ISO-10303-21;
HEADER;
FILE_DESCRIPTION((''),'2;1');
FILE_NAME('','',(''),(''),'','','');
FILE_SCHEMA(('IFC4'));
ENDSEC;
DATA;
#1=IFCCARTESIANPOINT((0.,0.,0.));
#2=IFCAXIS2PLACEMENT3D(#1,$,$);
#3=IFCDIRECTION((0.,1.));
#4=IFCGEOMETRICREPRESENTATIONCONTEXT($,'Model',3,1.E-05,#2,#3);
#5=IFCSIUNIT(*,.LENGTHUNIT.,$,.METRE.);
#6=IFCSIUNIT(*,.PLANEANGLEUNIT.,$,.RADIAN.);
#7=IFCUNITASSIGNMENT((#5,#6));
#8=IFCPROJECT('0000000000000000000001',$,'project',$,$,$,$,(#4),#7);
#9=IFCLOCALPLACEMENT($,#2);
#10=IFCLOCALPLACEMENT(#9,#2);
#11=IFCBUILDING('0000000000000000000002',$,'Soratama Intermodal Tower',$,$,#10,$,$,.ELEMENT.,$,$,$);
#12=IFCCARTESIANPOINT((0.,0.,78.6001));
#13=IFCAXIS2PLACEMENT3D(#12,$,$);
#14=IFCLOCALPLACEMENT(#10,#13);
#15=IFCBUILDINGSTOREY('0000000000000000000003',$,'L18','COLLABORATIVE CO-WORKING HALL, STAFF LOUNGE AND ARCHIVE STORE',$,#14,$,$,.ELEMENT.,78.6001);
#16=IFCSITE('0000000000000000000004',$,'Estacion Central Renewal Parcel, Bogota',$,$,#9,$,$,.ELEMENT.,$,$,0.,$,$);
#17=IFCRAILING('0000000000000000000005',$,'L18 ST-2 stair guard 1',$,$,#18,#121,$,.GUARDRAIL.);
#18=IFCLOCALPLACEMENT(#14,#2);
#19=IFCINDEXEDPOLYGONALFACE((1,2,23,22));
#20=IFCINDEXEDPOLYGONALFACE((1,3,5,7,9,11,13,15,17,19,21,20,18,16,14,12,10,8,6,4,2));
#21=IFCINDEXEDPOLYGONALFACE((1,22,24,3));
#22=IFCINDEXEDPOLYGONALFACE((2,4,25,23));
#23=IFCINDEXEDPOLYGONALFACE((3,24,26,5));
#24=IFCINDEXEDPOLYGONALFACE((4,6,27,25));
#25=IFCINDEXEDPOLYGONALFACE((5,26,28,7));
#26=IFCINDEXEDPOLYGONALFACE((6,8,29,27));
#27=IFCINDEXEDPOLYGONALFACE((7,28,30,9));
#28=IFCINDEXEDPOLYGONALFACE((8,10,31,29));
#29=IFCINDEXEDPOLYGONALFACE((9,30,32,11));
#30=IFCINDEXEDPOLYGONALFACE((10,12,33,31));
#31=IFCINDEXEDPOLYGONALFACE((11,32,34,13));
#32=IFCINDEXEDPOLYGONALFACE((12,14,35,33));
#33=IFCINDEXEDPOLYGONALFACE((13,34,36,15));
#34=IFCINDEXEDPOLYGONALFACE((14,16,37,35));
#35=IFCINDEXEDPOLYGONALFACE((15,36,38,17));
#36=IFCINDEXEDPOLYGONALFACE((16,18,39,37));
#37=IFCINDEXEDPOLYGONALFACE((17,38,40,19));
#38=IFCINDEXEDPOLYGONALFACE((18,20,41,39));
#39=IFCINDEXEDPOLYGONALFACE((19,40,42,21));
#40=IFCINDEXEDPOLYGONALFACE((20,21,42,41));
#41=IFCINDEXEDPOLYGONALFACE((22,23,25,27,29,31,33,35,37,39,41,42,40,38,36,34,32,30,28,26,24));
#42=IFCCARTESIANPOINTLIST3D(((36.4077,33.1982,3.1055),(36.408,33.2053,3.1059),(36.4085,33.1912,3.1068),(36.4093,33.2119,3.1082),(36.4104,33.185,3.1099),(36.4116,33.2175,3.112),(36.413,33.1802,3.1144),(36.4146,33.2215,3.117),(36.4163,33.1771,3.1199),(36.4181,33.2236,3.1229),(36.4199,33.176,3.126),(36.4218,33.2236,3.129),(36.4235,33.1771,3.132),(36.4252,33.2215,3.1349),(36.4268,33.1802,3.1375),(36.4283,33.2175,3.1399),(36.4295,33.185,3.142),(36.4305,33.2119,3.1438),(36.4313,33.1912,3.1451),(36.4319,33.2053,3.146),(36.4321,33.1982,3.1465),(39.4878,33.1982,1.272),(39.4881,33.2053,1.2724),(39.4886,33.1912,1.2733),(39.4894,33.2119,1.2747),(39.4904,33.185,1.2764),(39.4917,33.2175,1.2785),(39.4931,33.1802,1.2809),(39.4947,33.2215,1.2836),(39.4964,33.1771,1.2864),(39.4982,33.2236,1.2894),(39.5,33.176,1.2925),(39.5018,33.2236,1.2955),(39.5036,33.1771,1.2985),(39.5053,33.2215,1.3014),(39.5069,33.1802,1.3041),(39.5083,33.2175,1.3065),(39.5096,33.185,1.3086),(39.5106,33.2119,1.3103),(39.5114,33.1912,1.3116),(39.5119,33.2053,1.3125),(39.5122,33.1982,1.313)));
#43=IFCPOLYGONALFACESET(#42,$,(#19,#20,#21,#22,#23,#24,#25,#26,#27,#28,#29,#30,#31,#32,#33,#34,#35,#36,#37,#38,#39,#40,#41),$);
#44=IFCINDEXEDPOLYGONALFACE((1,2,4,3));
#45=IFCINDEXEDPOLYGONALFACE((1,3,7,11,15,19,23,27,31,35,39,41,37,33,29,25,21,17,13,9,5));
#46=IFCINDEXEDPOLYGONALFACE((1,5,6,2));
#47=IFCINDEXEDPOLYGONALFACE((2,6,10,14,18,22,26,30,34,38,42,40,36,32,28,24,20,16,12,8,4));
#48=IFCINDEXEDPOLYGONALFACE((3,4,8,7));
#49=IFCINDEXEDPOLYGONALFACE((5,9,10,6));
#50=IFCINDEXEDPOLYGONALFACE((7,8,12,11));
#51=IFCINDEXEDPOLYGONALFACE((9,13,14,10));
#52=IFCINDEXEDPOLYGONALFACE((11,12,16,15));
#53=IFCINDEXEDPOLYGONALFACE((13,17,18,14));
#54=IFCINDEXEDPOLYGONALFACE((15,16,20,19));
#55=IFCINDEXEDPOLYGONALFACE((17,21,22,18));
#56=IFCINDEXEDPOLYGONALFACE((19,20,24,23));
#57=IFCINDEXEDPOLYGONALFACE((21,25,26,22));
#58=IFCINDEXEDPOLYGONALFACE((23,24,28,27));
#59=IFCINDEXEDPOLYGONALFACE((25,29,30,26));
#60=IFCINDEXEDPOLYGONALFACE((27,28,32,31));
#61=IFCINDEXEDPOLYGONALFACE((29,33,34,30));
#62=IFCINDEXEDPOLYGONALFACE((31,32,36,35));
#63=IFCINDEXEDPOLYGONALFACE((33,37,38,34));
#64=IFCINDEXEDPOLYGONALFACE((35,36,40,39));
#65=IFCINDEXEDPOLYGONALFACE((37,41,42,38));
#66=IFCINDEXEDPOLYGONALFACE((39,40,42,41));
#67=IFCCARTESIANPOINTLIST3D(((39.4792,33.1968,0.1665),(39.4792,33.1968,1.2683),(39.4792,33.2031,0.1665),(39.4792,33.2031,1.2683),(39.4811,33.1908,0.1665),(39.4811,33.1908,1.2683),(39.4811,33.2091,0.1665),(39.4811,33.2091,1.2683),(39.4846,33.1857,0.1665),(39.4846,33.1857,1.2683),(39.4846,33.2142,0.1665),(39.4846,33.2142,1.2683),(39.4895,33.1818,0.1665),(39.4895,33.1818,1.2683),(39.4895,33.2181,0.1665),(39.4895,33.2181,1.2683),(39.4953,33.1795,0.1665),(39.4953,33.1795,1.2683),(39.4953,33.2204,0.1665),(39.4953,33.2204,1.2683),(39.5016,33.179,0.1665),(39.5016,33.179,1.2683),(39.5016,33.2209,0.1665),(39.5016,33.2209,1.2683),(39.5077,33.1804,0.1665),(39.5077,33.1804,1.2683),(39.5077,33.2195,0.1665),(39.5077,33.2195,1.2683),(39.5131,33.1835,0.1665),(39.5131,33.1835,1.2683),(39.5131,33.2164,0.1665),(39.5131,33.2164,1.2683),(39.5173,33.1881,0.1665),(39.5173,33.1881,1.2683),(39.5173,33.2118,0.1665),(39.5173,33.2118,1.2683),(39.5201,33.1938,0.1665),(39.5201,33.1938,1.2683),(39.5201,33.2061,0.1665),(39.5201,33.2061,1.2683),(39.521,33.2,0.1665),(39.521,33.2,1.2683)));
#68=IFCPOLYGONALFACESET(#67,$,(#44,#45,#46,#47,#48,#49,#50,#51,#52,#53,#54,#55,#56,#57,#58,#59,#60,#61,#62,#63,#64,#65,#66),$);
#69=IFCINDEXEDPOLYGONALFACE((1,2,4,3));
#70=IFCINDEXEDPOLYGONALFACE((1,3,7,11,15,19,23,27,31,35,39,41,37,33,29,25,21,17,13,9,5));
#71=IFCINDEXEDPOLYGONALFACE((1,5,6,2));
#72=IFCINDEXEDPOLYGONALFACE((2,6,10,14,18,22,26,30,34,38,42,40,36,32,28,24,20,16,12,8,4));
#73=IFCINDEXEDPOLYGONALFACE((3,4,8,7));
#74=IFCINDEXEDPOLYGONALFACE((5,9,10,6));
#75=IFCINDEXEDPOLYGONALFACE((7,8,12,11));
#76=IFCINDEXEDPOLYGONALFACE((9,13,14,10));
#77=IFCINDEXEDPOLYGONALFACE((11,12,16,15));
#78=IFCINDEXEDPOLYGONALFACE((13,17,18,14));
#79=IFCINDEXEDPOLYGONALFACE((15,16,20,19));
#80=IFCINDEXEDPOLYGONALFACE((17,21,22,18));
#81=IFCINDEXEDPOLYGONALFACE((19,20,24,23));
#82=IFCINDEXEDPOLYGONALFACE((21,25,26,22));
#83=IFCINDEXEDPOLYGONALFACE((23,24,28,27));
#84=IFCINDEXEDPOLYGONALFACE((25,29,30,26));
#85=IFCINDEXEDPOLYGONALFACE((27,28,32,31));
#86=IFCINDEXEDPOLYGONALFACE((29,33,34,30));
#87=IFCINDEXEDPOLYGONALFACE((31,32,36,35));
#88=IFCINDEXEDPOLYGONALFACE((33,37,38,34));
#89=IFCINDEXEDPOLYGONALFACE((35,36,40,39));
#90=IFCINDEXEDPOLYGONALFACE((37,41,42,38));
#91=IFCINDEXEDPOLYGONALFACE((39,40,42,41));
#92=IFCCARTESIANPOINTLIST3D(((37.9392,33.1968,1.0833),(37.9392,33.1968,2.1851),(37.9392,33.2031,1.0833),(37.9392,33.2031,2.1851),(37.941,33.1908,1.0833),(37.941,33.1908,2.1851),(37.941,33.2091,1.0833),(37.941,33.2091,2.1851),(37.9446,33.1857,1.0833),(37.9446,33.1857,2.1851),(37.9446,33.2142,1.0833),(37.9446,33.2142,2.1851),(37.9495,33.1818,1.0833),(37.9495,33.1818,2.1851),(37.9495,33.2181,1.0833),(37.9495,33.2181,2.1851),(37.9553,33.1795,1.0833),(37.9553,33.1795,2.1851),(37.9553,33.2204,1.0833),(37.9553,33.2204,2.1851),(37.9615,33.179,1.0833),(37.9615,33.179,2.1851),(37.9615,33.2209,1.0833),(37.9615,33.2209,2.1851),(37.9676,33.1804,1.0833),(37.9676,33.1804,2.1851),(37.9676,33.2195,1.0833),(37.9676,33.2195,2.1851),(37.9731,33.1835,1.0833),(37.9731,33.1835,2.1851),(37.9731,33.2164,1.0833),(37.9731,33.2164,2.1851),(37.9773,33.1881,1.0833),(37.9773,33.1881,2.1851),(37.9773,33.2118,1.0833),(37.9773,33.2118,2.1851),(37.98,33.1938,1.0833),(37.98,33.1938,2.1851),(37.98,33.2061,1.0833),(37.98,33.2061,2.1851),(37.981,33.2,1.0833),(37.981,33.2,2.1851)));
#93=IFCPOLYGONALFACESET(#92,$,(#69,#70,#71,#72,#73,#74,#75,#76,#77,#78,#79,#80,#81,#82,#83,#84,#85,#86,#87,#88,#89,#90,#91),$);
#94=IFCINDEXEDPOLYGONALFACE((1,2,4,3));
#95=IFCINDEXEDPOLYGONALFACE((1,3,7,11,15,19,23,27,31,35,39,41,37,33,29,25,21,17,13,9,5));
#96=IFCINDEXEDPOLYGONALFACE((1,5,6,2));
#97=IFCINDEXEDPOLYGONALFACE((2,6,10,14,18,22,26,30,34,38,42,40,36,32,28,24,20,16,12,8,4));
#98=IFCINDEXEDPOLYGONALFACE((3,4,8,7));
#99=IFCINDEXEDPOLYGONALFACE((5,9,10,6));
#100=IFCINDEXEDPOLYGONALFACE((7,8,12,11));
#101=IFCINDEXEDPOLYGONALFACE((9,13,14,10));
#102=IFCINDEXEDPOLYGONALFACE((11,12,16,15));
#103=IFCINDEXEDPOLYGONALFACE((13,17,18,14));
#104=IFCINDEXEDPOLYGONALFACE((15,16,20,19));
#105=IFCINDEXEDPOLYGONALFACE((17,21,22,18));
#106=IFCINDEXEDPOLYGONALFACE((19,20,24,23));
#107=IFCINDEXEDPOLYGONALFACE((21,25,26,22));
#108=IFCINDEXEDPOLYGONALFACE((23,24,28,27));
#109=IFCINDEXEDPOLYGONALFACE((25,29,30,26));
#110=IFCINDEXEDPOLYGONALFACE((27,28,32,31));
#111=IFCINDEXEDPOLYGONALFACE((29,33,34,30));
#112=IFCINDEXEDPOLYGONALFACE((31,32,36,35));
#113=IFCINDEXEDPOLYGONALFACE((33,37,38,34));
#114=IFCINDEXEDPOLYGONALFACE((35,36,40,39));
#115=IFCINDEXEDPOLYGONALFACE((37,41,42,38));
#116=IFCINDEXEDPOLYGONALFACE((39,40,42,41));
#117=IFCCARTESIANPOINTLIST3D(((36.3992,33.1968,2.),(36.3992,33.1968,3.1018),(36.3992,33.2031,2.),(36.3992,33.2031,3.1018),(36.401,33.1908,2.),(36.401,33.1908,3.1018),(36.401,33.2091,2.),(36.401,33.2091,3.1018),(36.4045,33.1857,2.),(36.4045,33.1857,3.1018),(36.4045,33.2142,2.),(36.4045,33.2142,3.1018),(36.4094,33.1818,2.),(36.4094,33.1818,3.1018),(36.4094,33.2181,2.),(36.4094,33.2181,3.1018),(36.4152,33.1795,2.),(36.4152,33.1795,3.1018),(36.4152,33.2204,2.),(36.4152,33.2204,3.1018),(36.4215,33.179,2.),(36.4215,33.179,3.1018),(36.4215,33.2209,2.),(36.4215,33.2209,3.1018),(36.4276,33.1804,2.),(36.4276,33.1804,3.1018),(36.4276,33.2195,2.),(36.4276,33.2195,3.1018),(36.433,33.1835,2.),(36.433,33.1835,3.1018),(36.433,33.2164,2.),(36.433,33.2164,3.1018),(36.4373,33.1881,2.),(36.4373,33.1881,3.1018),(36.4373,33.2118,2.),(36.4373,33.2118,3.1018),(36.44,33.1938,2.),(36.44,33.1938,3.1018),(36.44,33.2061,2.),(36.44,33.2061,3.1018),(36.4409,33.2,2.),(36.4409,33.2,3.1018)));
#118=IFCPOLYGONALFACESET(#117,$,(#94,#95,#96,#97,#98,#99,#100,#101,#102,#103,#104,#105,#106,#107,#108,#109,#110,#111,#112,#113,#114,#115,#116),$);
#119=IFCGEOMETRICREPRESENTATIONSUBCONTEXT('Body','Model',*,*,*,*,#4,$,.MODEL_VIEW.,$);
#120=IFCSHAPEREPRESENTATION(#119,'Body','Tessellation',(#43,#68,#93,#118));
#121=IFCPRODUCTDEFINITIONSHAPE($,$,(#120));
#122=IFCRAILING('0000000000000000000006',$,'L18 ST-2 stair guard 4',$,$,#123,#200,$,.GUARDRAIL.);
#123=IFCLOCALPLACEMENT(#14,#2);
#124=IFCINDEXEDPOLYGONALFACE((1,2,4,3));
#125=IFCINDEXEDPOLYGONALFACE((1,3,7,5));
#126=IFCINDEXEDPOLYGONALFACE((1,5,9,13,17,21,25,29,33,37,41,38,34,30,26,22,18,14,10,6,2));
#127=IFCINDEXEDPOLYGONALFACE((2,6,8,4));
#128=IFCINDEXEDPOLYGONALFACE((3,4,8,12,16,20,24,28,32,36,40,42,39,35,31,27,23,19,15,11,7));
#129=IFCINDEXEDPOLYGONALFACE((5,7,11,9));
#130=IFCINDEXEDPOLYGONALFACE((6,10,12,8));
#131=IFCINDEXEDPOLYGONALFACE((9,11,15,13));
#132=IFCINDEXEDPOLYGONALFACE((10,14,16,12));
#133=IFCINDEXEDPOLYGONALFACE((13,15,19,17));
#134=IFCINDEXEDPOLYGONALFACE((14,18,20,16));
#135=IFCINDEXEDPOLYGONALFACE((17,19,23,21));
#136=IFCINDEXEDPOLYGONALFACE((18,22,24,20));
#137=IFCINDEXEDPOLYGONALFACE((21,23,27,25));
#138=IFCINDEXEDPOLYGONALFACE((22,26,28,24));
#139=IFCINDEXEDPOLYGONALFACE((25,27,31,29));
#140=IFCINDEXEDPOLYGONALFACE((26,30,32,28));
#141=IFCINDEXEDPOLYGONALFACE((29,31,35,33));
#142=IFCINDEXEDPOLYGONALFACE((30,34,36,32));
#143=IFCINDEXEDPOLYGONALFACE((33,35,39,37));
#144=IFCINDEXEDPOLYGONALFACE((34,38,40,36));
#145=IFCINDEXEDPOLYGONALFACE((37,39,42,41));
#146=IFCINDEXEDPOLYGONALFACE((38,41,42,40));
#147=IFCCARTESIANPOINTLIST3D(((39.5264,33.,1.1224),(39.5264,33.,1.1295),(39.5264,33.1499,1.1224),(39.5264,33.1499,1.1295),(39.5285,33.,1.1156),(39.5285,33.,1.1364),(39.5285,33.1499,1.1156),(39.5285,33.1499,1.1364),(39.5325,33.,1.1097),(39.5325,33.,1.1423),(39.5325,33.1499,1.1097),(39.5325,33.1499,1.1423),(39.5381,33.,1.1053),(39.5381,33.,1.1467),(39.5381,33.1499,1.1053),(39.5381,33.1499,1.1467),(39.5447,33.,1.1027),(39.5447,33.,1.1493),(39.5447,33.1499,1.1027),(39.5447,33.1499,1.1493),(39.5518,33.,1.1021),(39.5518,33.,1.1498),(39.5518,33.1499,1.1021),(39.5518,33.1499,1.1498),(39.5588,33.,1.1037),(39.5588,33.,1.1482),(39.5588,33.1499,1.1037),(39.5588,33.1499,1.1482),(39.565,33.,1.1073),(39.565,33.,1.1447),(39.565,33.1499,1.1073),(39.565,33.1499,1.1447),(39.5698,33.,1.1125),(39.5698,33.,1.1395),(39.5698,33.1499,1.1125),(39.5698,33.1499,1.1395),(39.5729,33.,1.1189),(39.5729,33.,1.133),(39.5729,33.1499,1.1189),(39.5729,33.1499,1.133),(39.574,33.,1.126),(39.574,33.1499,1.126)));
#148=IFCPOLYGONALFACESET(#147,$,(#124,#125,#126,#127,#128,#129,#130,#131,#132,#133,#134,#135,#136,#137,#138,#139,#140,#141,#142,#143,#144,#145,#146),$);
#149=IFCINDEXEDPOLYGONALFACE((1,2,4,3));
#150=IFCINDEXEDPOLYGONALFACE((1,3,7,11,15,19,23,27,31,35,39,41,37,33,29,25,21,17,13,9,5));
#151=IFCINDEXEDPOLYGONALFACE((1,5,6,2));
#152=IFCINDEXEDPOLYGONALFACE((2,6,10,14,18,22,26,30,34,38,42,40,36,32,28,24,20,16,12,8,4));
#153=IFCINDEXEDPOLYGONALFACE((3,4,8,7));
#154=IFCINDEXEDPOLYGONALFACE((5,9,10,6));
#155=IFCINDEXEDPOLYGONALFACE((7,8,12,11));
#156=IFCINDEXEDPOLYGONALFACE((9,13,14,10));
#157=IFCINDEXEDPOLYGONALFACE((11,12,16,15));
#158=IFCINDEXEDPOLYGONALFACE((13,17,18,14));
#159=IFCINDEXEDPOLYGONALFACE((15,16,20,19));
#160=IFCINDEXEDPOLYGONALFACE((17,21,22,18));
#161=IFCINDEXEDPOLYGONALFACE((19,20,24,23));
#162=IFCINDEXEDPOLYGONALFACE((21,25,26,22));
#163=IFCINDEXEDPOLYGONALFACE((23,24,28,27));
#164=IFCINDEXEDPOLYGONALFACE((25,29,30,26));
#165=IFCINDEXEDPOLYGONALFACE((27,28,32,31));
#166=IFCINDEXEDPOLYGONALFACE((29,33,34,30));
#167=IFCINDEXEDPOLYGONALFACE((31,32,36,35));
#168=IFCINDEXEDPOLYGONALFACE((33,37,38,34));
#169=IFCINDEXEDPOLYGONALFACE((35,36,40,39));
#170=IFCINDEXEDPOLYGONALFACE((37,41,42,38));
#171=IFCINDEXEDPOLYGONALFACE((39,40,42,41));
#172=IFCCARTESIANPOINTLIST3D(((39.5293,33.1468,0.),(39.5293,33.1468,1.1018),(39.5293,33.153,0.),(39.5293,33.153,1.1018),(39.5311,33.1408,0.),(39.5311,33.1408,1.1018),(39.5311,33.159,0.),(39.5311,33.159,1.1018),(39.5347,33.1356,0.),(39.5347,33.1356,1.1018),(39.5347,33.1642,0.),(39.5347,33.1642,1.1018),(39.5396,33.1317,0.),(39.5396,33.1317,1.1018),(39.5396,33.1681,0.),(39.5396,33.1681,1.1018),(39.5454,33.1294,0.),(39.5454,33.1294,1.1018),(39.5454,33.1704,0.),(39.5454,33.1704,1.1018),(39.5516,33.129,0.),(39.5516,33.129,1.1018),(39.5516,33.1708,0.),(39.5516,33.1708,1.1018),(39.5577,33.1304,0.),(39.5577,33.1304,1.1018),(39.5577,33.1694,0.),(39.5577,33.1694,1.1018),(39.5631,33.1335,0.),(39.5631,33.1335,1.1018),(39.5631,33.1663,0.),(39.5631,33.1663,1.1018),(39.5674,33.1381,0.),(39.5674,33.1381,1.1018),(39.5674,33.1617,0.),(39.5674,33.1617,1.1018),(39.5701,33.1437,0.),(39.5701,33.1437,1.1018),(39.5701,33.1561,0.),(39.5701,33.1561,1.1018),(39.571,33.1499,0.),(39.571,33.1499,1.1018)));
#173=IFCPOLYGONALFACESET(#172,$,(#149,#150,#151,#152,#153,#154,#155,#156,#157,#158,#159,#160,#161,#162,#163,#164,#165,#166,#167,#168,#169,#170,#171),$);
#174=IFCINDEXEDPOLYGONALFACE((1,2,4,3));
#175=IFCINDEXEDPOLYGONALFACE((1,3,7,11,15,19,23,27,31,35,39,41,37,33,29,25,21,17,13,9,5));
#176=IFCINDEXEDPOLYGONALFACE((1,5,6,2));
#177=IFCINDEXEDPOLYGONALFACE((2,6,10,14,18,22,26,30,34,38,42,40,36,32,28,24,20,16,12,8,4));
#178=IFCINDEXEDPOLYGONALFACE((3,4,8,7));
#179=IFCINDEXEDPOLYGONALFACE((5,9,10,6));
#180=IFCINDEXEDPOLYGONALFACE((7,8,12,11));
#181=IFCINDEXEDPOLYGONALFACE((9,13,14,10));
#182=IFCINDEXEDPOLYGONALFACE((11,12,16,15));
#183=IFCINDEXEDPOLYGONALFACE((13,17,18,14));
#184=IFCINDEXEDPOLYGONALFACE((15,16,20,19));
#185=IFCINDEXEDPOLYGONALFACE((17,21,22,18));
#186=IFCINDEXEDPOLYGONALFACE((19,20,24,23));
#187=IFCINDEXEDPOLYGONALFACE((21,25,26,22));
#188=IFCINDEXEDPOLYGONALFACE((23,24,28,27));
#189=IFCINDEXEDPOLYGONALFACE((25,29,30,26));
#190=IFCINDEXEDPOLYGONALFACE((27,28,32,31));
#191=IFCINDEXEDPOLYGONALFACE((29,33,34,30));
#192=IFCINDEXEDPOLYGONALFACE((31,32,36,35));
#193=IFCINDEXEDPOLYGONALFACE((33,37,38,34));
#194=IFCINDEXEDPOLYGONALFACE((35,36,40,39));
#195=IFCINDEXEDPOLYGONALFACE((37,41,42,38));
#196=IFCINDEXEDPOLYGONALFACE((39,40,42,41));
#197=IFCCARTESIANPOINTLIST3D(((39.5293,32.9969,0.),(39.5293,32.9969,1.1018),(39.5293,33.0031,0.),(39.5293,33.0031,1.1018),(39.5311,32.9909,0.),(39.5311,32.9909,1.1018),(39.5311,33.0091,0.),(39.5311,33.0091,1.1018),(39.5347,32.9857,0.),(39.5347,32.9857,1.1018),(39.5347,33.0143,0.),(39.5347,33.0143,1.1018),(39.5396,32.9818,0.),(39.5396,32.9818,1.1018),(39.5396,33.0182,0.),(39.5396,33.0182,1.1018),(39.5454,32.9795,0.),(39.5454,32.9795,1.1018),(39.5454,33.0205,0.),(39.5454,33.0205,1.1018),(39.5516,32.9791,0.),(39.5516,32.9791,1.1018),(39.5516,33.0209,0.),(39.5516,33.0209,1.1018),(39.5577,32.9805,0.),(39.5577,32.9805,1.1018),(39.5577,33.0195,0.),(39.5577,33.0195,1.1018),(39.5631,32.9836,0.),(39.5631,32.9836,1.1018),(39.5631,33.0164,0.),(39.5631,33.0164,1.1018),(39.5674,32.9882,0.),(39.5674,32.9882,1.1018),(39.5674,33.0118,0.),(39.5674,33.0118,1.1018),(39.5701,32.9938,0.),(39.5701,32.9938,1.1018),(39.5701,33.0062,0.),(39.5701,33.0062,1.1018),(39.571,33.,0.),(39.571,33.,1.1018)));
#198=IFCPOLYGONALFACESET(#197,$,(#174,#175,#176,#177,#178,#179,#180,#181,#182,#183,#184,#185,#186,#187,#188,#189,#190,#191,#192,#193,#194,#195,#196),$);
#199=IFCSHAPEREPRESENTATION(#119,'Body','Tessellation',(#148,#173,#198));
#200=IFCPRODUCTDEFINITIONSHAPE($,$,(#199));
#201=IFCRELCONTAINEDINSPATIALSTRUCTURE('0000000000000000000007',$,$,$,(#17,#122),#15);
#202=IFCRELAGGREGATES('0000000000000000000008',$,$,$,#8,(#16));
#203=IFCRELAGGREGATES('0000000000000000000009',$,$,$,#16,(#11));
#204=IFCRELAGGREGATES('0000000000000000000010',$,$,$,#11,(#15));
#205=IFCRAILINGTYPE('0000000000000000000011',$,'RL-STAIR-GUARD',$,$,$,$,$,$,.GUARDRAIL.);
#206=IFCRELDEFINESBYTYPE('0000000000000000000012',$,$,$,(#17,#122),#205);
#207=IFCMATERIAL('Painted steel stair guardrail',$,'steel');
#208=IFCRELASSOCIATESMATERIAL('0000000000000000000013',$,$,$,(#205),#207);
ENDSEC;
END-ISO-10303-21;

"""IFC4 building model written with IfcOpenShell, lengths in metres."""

from ifc_helpers import new_model, si_unit, direction, frame, origin, origin_2d, place, context, subcontext, project, spatial, circle, extrude, material, type_object, element, save


model = new_model("IFC4")

# Units and contexts
model_context = context("Model", 3, precision=1e-05, world=origin(), true_north=direction((0.0, 1.0)))
body_context = subcontext(model_context, "Body", "Model", "MODEL_VIEW")
ifc_project = project(units=[si_unit("LENGTHUNIT", "METRE"), si_unit("PLANEANGLEUNIT", "RADIAN")], contexts=[model_context])

# Site, building, storey
site_placement = place(None, origin())
site = spatial("IfcSite", under=ifc_project, at=site_placement, Name="Estacion Central Renewal Parcel, Bogota", CompositionType="ELEMENT", RefElevation=0.0)
building_placement = place(site_placement, origin())
building = spatial("IfcBuilding", under=site, at=building_placement, Name="Soratama Intermodal Tower", CompositionType="ELEMENT")
storey_placement = place(building_placement, frame((0.0, 0.0, 78.6001)))
storey = spatial("IfcBuildingStorey", under=building, at=storey_placement, Name="L18", Description="COLLABORATIVE CO-WORKING HALL, STAFF LOUNGE AND ARCHIVE STORE", CompositionType="ELEMENT", Elevation=78.6001)

# Railings
ifc_material_1 = material(Name="Painted steel stair guardrail", Category="steel")
railing_type_1 = type_object("IfcRailingType", Name="RL-STAIR-GUARD", PredefinedType="GUARDRAIL", material=ifc_material_1)
railing_1_placement = place(storey_placement, frame((39.5, 33.2, 0.1665)))
element("IfcRailing", 1, at=railing_1_placement, inside=storey, type_object=railing_type_1, Name="L18 ST-2 stair guard 1", PredefinedType="GUARDRAIL", context=body_context, shape_type="SweptSolid", body=[
    extrude(circle(Radius=0.0239, at=origin_2d()), frame((0.0, 0.0, 1.126), z_axis=(-0.859279, 0.0, 0.511508), x_axis=(0.0, -1.0, 0.0)), (0.0, 0.0, 1.0), 3.5845),
    extrude(circle(Radius=0.021, at=origin_2d()), origin(), (0.0, 0.0, 1.0), 1.1018),
    extrude(circle(Radius=0.021, at=origin_2d()), frame((-1.54, 0.0, 0.9167)), (0.0, 0.0, 1.0), 1.1018),
    extrude(circle(Radius=0.021, at=origin_2d()), frame((-3.0801, 0.0, 1.8335)), (0.0, 0.0, 1.0), 1.1018),
])
railing_2_placement = place(storey_placement, frame((39.55, 33.1499, 0.0)))
element("IfcRailing", 2, at=railing_2_placement, inside=storey, type_object=railing_type_1, Name="L18 ST-2 stair guard 4", PredefinedType="GUARDRAIL", context=body_context, shape_type="SweptSolid", body=[
    extrude(circle(Radius=0.0239, at=origin_2d()), frame((0.0, 0.0, 1.126), z_axis=(0.0, -1.0, 0.0), x_axis=(1.0, 0.0, 0.0)), (0.0, 0.0, 1.0), 0.1499),
    extrude(circle(Radius=0.021, at=origin_2d()), origin(), (0.0, 0.0, 1.0), 1.1018),
    extrude(circle(Radius=0.021, at=origin_2d()), frame((0.0, -0.1499, 0.0)), (0.0, 0.0, 1.0), 1.1018),
])

save(model, "model.ifc")
